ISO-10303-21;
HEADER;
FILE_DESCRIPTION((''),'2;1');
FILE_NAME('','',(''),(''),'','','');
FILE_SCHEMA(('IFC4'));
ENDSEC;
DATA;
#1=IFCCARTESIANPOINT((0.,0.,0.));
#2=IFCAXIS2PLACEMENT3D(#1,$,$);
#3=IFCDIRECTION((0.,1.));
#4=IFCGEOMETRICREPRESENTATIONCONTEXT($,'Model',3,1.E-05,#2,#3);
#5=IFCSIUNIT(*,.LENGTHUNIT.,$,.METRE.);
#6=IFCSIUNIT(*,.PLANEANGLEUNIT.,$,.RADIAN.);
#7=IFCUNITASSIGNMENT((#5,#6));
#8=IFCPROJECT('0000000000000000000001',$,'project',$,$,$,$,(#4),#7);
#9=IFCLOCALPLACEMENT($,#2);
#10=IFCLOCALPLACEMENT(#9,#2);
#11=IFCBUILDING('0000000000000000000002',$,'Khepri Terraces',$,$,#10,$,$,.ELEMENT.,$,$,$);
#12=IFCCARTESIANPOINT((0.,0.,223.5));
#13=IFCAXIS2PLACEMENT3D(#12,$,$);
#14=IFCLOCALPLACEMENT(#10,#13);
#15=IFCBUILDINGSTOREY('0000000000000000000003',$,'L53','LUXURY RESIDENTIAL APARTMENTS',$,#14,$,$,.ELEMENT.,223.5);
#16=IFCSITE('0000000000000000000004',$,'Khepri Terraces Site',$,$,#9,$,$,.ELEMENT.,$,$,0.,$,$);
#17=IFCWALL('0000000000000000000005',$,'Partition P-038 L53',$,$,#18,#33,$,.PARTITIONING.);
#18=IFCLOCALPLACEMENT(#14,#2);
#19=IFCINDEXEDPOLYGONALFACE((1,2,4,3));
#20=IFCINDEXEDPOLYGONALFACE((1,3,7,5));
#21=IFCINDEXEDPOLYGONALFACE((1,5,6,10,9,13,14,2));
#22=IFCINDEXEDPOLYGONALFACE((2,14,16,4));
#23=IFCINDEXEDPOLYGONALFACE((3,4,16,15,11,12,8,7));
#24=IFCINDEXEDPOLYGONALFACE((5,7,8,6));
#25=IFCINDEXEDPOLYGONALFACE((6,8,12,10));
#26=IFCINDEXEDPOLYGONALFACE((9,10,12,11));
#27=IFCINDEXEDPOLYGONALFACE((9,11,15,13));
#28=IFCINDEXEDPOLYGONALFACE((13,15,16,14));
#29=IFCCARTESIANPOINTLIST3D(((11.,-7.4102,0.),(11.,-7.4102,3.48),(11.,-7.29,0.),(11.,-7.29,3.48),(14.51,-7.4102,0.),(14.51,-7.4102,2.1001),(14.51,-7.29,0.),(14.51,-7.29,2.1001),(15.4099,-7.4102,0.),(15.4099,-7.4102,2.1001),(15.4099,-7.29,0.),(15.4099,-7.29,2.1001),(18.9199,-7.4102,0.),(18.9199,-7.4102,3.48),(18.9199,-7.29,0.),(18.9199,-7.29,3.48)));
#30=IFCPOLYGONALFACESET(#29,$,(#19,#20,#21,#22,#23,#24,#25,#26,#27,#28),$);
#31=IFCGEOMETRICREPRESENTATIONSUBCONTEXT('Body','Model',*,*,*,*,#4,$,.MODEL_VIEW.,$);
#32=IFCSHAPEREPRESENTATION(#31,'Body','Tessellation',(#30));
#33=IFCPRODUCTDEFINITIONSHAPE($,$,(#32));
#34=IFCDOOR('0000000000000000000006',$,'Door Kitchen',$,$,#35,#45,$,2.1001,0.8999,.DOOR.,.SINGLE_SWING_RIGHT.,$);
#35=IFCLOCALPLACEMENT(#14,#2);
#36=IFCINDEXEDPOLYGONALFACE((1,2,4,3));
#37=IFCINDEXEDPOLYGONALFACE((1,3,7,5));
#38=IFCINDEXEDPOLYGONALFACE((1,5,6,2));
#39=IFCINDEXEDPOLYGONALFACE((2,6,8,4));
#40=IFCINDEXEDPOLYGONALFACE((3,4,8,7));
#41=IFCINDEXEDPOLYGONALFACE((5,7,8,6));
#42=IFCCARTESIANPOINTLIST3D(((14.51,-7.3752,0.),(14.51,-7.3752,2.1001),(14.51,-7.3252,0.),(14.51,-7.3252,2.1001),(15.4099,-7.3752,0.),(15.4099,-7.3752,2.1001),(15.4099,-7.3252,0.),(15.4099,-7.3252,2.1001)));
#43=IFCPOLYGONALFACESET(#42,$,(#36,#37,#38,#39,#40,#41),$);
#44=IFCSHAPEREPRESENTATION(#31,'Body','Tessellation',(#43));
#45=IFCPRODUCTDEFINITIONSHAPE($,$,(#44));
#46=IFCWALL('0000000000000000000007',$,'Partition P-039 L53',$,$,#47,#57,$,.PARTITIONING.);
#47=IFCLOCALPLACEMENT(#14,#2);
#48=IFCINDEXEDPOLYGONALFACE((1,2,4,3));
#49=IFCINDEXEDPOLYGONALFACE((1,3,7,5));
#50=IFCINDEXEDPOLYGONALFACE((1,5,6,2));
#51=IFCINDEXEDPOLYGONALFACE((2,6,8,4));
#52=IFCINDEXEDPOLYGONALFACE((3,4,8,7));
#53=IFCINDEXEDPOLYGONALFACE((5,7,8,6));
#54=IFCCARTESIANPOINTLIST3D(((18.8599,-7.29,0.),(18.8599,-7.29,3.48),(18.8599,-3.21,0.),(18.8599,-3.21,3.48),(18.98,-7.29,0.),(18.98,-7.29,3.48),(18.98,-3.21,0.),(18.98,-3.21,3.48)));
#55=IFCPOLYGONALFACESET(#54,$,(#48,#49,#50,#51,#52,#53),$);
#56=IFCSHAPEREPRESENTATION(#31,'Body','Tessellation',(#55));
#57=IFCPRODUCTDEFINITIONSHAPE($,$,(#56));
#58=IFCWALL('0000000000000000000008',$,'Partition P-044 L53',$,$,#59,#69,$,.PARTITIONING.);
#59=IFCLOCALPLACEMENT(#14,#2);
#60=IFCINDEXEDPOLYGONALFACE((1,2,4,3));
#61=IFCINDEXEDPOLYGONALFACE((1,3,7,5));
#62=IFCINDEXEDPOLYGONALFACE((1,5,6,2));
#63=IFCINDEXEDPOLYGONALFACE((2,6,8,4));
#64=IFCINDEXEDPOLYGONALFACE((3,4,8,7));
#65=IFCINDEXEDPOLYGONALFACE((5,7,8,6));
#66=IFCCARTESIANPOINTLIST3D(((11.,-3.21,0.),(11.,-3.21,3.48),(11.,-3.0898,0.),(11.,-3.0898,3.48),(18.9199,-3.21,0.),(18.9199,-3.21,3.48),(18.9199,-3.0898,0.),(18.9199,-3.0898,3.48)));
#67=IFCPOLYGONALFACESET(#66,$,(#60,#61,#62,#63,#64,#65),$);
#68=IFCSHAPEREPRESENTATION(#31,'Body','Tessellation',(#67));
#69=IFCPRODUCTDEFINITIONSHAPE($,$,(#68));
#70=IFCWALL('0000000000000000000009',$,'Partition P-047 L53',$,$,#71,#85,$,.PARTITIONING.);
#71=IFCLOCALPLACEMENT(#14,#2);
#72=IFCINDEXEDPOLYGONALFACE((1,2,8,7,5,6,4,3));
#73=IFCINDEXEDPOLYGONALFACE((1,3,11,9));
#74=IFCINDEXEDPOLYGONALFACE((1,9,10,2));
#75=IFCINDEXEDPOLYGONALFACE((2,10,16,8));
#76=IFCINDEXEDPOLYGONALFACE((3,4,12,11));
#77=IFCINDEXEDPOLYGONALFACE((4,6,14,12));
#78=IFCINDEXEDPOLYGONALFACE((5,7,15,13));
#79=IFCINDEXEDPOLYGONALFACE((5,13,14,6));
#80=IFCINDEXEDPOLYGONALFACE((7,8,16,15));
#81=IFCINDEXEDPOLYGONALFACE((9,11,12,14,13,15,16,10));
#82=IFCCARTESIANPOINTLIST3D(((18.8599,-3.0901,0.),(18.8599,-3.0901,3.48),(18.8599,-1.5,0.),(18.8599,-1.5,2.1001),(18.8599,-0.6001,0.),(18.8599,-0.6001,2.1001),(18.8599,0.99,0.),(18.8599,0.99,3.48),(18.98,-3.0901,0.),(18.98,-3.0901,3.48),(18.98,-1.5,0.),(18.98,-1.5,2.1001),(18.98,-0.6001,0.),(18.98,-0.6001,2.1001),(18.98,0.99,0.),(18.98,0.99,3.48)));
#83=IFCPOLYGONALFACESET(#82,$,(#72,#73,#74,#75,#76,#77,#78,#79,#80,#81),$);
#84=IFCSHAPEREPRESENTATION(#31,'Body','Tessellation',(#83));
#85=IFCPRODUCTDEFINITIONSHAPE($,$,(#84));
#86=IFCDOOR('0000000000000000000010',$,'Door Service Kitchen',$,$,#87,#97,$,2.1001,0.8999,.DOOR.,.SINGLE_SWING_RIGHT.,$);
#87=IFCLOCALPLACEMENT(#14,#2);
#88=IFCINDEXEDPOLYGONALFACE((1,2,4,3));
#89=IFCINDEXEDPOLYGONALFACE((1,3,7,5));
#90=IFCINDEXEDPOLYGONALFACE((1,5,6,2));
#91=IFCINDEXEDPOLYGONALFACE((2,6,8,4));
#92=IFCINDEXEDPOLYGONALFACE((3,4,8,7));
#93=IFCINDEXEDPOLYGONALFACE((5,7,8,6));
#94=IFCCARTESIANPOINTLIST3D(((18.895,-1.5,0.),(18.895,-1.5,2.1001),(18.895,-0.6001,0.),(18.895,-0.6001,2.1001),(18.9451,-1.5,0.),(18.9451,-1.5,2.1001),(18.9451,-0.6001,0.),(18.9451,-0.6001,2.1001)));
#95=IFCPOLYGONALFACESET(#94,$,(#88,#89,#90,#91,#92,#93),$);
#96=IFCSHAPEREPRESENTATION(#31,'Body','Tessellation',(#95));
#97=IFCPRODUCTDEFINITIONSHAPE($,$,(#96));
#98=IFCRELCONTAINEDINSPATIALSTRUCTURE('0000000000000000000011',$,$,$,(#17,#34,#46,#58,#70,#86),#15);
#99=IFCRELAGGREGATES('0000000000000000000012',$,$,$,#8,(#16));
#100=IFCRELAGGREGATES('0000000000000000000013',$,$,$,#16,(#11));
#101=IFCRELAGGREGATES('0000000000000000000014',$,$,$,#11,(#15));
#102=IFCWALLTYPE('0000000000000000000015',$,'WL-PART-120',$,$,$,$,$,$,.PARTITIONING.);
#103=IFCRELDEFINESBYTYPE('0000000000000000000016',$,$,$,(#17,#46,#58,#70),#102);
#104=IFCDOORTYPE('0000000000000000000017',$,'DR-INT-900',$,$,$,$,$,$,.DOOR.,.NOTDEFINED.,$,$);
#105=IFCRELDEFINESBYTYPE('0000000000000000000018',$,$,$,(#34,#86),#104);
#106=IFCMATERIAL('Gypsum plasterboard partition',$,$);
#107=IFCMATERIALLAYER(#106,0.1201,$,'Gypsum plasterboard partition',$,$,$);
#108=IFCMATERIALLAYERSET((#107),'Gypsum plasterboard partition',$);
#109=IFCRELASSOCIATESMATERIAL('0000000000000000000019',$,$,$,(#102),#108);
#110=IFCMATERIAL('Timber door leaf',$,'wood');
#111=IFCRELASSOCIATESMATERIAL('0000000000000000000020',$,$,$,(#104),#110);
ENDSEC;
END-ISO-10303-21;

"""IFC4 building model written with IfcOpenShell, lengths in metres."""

from ifc_helpers import new_model, si_unit, direction, frame, frame_2d, origin, place, context, subcontext, project, spatial, rectangle, extrude, material, layer, layer_set, type_object, element, fill, save


model = new_model("IFC4")

# Units and contexts
model_context = context("Model", 3, precision=1e-05, world=origin(), true_north=direction((0.0, 1.0)))
body_context = subcontext(model_context, "Body", "Model", "MODEL_VIEW")
ifc_project = project(units=[si_unit("LENGTHUNIT", "METRE"), si_unit("PLANEANGLEUNIT", "RADIAN")], contexts=[model_context])

# Site, building, storey
site_placement = place(None, origin())
site = spatial("IfcSite", under=ifc_project, at=site_placement, Name="Khepri Terraces Site", CompositionType="ELEMENT", RefElevation=0.0)
building_placement = place(site_placement, origin())
building = spatial("IfcBuilding", under=site, at=building_placement, Name="Khepri Terraces", CompositionType="ELEMENT")
storey_placement = place(building_placement, frame((0.0, 0.0, 223.5)))
storey = spatial("IfcBuildingStorey", under=building, at=storey_placement, Name="L53", Description="LUXURY RESIDENTIAL APARTMENTS", CompositionType="ELEMENT", Elevation=223.5)

# Wall, opening, door
ifc_material_1 = material(Name="Gypsum plasterboard partition")
ifc_layer_1 = layer(ifc_material_1, 0.1201, Name="Gypsum plasterboard partition")
ifc_layer_set_1 = layer_set([ifc_layer_1], Name="Gypsum plasterboard partition")
wall_type_1 = type_object("IfcWallType", Name="WL-PART-120", PredefinedType="PARTITIONING", material=ifc_layer_set_1)
ifc_material_2 = material(Name="Timber door leaf", Category="wood")
door_type_1 = type_object("IfcDoorType", Name="DR-INT-900", OperationType="NOTDEFINED", PredefinedType="DOOR", material=ifc_material_2)
wall_1_placement = place(storey_placement, frame((11.0, -7.3501, 0.0), z_axis=(0.0, 0.0, 1.0), x_axis=(1.0, 0.0, 0.0)))
wall_1 = element("IfcWall", 1, at=wall_1_placement, inside=storey, type_object=wall_type_1, Name="Partition P-038 L53", PredefinedType="PARTITIONING", context=body_context, shape_type="SweptSolid", body=[
    extrude(rectangle(XDim=7.9199, YDim=0.1201, at=frame_2d((3.96, 0.0))), origin(), (0.0, 0.0, 1.0), 3.48),
])
opening_1_placement = place(wall_1_placement, frame((3.51, 0.0, 0.0)))
opening_1 = element("IfcOpeningElement", 2, at=opening_1_placement, cuts=wall_1, PredefinedType="OPENING", context=body_context, shape_type="SweptSolid", body=[
    extrude(rectangle(XDim=0.8999, YDim=2.1001, at=frame_2d((0.45, 1.05))), frame((0.0, 0.0701, 0.0), z_axis=(0.0, -1.0, 0.0), x_axis=(1.0, 0.0, 0.0)), (0.0, 0.0, 1.0), 0.1401),
])
door_1_placement = place(opening_1_placement, origin())
door_1 = element("IfcDoor", 3, at=door_1_placement, inside=storey, type_object=door_type_1, Name="Door Kitchen", OperationType="SINGLE_SWING_RIGHT", OverallHeight=2.1001, OverallWidth=0.8999, PredefinedType="DOOR", context=body_context, shape_type="SweptSolid", body=[
    extrude(rectangle(XDim=0.8999, YDim=2.1001, at=frame_2d((0.45, 1.05))), frame((0.0, 0.0249, 0.0), z_axis=(0.0, -1.0, 0.0), x_axis=(1.0, 0.0, 0.0)), (0.0, 0.0, 1.0), 0.05),
])
fill(opening_1, door_1)

# Walls
wall_2_placement = place(storey_placement, frame((18.9199, -7.29, 0.0), z_axis=(0.0, 0.0, 1.0), x_axis=(0.0, 1.0, 0.0)))
element("IfcWall", 4, at=wall_2_placement, inside=storey, type_object=wall_type_1, Name="Partition P-039 L53", PredefinedType="PARTITIONING", context=body_context, shape_type="SweptSolid", body=[
    extrude(rectangle(XDim=4.0801, YDim=0.1201, at=frame_2d((2.04, 0.0))), origin(), (0.0, 0.0, 1.0), 3.48),
])
wall_3_placement = place(storey_placement, frame((11.0, -3.1499, 0.0), z_axis=(0.0, 0.0, 1.0), x_axis=(1.0, 0.0, 0.0)))
element("IfcWall", 5, at=wall_3_placement, inside=storey, type_object=wall_type_1, Name="Partition P-044 L53", PredefinedType="PARTITIONING", context=body_context, shape_type="SweptSolid", body=[
    extrude(rectangle(XDim=7.9199, YDim=0.1201, at=frame_2d((3.96, 0.0))), origin(), (0.0, 0.0, 1.0), 3.48),
])

# Wall, opening, door
wall_4_placement = place(storey_placement, frame((18.9199, -3.0901, 0.0), z_axis=(0.0, 0.0, 1.0), x_axis=(0.0, 1.0, 0.0)))
wall_4 = element("IfcWall", 6, at=wall_4_placement, inside=storey, type_object=wall_type_1, Name="Partition P-047 L53", PredefinedType="PARTITIONING", context=body_context, shape_type="SweptSolid", body=[
    extrude(rectangle(XDim=4.0801, YDim=0.1201, at=frame_2d((2.04, 0.0))), origin(), (0.0, 0.0, 1.0), 3.48),
])
opening_2_placement = place(wall_4_placement, frame((1.5901, 0.0, 0.0)))
opening_2 = element("IfcOpeningElement", 7, at=opening_2_placement, cuts=wall_4, PredefinedType="OPENING", context=body_context, shape_type="SweptSolid", body=[
    extrude(rectangle(XDim=0.8999, YDim=2.1001, at=frame_2d((0.45, 1.05))), frame((0.0, 0.0701, 0.0), z_axis=(0.0, -1.0, 0.0), x_axis=(1.0, 0.0, 0.0)), (0.0, 0.0, 1.0), 0.1401),
])
door_2_placement = place(opening_2_placement, origin())
door_2 = element("IfcDoor", 8, at=door_2_placement, inside=storey, type_object=door_type_1, Name="Door Service Kitchen", OperationType="SINGLE_SWING_RIGHT", OverallHeight=2.1001, OverallWidth=0.8999, PredefinedType="DOOR", context=body_context, shape_type="SweptSolid", body=[
    extrude(rectangle(XDim=0.8999, YDim=2.1001, at=frame_2d((0.45, 1.05))), frame((0.0, 0.0249, 0.0), z_axis=(0.0, -1.0, 0.0), x_axis=(1.0, 0.0, 0.0)), (0.0, 0.0, 1.0), 0.05),
])
fill(opening_2, door_2)

save(model, "model.ifc")
